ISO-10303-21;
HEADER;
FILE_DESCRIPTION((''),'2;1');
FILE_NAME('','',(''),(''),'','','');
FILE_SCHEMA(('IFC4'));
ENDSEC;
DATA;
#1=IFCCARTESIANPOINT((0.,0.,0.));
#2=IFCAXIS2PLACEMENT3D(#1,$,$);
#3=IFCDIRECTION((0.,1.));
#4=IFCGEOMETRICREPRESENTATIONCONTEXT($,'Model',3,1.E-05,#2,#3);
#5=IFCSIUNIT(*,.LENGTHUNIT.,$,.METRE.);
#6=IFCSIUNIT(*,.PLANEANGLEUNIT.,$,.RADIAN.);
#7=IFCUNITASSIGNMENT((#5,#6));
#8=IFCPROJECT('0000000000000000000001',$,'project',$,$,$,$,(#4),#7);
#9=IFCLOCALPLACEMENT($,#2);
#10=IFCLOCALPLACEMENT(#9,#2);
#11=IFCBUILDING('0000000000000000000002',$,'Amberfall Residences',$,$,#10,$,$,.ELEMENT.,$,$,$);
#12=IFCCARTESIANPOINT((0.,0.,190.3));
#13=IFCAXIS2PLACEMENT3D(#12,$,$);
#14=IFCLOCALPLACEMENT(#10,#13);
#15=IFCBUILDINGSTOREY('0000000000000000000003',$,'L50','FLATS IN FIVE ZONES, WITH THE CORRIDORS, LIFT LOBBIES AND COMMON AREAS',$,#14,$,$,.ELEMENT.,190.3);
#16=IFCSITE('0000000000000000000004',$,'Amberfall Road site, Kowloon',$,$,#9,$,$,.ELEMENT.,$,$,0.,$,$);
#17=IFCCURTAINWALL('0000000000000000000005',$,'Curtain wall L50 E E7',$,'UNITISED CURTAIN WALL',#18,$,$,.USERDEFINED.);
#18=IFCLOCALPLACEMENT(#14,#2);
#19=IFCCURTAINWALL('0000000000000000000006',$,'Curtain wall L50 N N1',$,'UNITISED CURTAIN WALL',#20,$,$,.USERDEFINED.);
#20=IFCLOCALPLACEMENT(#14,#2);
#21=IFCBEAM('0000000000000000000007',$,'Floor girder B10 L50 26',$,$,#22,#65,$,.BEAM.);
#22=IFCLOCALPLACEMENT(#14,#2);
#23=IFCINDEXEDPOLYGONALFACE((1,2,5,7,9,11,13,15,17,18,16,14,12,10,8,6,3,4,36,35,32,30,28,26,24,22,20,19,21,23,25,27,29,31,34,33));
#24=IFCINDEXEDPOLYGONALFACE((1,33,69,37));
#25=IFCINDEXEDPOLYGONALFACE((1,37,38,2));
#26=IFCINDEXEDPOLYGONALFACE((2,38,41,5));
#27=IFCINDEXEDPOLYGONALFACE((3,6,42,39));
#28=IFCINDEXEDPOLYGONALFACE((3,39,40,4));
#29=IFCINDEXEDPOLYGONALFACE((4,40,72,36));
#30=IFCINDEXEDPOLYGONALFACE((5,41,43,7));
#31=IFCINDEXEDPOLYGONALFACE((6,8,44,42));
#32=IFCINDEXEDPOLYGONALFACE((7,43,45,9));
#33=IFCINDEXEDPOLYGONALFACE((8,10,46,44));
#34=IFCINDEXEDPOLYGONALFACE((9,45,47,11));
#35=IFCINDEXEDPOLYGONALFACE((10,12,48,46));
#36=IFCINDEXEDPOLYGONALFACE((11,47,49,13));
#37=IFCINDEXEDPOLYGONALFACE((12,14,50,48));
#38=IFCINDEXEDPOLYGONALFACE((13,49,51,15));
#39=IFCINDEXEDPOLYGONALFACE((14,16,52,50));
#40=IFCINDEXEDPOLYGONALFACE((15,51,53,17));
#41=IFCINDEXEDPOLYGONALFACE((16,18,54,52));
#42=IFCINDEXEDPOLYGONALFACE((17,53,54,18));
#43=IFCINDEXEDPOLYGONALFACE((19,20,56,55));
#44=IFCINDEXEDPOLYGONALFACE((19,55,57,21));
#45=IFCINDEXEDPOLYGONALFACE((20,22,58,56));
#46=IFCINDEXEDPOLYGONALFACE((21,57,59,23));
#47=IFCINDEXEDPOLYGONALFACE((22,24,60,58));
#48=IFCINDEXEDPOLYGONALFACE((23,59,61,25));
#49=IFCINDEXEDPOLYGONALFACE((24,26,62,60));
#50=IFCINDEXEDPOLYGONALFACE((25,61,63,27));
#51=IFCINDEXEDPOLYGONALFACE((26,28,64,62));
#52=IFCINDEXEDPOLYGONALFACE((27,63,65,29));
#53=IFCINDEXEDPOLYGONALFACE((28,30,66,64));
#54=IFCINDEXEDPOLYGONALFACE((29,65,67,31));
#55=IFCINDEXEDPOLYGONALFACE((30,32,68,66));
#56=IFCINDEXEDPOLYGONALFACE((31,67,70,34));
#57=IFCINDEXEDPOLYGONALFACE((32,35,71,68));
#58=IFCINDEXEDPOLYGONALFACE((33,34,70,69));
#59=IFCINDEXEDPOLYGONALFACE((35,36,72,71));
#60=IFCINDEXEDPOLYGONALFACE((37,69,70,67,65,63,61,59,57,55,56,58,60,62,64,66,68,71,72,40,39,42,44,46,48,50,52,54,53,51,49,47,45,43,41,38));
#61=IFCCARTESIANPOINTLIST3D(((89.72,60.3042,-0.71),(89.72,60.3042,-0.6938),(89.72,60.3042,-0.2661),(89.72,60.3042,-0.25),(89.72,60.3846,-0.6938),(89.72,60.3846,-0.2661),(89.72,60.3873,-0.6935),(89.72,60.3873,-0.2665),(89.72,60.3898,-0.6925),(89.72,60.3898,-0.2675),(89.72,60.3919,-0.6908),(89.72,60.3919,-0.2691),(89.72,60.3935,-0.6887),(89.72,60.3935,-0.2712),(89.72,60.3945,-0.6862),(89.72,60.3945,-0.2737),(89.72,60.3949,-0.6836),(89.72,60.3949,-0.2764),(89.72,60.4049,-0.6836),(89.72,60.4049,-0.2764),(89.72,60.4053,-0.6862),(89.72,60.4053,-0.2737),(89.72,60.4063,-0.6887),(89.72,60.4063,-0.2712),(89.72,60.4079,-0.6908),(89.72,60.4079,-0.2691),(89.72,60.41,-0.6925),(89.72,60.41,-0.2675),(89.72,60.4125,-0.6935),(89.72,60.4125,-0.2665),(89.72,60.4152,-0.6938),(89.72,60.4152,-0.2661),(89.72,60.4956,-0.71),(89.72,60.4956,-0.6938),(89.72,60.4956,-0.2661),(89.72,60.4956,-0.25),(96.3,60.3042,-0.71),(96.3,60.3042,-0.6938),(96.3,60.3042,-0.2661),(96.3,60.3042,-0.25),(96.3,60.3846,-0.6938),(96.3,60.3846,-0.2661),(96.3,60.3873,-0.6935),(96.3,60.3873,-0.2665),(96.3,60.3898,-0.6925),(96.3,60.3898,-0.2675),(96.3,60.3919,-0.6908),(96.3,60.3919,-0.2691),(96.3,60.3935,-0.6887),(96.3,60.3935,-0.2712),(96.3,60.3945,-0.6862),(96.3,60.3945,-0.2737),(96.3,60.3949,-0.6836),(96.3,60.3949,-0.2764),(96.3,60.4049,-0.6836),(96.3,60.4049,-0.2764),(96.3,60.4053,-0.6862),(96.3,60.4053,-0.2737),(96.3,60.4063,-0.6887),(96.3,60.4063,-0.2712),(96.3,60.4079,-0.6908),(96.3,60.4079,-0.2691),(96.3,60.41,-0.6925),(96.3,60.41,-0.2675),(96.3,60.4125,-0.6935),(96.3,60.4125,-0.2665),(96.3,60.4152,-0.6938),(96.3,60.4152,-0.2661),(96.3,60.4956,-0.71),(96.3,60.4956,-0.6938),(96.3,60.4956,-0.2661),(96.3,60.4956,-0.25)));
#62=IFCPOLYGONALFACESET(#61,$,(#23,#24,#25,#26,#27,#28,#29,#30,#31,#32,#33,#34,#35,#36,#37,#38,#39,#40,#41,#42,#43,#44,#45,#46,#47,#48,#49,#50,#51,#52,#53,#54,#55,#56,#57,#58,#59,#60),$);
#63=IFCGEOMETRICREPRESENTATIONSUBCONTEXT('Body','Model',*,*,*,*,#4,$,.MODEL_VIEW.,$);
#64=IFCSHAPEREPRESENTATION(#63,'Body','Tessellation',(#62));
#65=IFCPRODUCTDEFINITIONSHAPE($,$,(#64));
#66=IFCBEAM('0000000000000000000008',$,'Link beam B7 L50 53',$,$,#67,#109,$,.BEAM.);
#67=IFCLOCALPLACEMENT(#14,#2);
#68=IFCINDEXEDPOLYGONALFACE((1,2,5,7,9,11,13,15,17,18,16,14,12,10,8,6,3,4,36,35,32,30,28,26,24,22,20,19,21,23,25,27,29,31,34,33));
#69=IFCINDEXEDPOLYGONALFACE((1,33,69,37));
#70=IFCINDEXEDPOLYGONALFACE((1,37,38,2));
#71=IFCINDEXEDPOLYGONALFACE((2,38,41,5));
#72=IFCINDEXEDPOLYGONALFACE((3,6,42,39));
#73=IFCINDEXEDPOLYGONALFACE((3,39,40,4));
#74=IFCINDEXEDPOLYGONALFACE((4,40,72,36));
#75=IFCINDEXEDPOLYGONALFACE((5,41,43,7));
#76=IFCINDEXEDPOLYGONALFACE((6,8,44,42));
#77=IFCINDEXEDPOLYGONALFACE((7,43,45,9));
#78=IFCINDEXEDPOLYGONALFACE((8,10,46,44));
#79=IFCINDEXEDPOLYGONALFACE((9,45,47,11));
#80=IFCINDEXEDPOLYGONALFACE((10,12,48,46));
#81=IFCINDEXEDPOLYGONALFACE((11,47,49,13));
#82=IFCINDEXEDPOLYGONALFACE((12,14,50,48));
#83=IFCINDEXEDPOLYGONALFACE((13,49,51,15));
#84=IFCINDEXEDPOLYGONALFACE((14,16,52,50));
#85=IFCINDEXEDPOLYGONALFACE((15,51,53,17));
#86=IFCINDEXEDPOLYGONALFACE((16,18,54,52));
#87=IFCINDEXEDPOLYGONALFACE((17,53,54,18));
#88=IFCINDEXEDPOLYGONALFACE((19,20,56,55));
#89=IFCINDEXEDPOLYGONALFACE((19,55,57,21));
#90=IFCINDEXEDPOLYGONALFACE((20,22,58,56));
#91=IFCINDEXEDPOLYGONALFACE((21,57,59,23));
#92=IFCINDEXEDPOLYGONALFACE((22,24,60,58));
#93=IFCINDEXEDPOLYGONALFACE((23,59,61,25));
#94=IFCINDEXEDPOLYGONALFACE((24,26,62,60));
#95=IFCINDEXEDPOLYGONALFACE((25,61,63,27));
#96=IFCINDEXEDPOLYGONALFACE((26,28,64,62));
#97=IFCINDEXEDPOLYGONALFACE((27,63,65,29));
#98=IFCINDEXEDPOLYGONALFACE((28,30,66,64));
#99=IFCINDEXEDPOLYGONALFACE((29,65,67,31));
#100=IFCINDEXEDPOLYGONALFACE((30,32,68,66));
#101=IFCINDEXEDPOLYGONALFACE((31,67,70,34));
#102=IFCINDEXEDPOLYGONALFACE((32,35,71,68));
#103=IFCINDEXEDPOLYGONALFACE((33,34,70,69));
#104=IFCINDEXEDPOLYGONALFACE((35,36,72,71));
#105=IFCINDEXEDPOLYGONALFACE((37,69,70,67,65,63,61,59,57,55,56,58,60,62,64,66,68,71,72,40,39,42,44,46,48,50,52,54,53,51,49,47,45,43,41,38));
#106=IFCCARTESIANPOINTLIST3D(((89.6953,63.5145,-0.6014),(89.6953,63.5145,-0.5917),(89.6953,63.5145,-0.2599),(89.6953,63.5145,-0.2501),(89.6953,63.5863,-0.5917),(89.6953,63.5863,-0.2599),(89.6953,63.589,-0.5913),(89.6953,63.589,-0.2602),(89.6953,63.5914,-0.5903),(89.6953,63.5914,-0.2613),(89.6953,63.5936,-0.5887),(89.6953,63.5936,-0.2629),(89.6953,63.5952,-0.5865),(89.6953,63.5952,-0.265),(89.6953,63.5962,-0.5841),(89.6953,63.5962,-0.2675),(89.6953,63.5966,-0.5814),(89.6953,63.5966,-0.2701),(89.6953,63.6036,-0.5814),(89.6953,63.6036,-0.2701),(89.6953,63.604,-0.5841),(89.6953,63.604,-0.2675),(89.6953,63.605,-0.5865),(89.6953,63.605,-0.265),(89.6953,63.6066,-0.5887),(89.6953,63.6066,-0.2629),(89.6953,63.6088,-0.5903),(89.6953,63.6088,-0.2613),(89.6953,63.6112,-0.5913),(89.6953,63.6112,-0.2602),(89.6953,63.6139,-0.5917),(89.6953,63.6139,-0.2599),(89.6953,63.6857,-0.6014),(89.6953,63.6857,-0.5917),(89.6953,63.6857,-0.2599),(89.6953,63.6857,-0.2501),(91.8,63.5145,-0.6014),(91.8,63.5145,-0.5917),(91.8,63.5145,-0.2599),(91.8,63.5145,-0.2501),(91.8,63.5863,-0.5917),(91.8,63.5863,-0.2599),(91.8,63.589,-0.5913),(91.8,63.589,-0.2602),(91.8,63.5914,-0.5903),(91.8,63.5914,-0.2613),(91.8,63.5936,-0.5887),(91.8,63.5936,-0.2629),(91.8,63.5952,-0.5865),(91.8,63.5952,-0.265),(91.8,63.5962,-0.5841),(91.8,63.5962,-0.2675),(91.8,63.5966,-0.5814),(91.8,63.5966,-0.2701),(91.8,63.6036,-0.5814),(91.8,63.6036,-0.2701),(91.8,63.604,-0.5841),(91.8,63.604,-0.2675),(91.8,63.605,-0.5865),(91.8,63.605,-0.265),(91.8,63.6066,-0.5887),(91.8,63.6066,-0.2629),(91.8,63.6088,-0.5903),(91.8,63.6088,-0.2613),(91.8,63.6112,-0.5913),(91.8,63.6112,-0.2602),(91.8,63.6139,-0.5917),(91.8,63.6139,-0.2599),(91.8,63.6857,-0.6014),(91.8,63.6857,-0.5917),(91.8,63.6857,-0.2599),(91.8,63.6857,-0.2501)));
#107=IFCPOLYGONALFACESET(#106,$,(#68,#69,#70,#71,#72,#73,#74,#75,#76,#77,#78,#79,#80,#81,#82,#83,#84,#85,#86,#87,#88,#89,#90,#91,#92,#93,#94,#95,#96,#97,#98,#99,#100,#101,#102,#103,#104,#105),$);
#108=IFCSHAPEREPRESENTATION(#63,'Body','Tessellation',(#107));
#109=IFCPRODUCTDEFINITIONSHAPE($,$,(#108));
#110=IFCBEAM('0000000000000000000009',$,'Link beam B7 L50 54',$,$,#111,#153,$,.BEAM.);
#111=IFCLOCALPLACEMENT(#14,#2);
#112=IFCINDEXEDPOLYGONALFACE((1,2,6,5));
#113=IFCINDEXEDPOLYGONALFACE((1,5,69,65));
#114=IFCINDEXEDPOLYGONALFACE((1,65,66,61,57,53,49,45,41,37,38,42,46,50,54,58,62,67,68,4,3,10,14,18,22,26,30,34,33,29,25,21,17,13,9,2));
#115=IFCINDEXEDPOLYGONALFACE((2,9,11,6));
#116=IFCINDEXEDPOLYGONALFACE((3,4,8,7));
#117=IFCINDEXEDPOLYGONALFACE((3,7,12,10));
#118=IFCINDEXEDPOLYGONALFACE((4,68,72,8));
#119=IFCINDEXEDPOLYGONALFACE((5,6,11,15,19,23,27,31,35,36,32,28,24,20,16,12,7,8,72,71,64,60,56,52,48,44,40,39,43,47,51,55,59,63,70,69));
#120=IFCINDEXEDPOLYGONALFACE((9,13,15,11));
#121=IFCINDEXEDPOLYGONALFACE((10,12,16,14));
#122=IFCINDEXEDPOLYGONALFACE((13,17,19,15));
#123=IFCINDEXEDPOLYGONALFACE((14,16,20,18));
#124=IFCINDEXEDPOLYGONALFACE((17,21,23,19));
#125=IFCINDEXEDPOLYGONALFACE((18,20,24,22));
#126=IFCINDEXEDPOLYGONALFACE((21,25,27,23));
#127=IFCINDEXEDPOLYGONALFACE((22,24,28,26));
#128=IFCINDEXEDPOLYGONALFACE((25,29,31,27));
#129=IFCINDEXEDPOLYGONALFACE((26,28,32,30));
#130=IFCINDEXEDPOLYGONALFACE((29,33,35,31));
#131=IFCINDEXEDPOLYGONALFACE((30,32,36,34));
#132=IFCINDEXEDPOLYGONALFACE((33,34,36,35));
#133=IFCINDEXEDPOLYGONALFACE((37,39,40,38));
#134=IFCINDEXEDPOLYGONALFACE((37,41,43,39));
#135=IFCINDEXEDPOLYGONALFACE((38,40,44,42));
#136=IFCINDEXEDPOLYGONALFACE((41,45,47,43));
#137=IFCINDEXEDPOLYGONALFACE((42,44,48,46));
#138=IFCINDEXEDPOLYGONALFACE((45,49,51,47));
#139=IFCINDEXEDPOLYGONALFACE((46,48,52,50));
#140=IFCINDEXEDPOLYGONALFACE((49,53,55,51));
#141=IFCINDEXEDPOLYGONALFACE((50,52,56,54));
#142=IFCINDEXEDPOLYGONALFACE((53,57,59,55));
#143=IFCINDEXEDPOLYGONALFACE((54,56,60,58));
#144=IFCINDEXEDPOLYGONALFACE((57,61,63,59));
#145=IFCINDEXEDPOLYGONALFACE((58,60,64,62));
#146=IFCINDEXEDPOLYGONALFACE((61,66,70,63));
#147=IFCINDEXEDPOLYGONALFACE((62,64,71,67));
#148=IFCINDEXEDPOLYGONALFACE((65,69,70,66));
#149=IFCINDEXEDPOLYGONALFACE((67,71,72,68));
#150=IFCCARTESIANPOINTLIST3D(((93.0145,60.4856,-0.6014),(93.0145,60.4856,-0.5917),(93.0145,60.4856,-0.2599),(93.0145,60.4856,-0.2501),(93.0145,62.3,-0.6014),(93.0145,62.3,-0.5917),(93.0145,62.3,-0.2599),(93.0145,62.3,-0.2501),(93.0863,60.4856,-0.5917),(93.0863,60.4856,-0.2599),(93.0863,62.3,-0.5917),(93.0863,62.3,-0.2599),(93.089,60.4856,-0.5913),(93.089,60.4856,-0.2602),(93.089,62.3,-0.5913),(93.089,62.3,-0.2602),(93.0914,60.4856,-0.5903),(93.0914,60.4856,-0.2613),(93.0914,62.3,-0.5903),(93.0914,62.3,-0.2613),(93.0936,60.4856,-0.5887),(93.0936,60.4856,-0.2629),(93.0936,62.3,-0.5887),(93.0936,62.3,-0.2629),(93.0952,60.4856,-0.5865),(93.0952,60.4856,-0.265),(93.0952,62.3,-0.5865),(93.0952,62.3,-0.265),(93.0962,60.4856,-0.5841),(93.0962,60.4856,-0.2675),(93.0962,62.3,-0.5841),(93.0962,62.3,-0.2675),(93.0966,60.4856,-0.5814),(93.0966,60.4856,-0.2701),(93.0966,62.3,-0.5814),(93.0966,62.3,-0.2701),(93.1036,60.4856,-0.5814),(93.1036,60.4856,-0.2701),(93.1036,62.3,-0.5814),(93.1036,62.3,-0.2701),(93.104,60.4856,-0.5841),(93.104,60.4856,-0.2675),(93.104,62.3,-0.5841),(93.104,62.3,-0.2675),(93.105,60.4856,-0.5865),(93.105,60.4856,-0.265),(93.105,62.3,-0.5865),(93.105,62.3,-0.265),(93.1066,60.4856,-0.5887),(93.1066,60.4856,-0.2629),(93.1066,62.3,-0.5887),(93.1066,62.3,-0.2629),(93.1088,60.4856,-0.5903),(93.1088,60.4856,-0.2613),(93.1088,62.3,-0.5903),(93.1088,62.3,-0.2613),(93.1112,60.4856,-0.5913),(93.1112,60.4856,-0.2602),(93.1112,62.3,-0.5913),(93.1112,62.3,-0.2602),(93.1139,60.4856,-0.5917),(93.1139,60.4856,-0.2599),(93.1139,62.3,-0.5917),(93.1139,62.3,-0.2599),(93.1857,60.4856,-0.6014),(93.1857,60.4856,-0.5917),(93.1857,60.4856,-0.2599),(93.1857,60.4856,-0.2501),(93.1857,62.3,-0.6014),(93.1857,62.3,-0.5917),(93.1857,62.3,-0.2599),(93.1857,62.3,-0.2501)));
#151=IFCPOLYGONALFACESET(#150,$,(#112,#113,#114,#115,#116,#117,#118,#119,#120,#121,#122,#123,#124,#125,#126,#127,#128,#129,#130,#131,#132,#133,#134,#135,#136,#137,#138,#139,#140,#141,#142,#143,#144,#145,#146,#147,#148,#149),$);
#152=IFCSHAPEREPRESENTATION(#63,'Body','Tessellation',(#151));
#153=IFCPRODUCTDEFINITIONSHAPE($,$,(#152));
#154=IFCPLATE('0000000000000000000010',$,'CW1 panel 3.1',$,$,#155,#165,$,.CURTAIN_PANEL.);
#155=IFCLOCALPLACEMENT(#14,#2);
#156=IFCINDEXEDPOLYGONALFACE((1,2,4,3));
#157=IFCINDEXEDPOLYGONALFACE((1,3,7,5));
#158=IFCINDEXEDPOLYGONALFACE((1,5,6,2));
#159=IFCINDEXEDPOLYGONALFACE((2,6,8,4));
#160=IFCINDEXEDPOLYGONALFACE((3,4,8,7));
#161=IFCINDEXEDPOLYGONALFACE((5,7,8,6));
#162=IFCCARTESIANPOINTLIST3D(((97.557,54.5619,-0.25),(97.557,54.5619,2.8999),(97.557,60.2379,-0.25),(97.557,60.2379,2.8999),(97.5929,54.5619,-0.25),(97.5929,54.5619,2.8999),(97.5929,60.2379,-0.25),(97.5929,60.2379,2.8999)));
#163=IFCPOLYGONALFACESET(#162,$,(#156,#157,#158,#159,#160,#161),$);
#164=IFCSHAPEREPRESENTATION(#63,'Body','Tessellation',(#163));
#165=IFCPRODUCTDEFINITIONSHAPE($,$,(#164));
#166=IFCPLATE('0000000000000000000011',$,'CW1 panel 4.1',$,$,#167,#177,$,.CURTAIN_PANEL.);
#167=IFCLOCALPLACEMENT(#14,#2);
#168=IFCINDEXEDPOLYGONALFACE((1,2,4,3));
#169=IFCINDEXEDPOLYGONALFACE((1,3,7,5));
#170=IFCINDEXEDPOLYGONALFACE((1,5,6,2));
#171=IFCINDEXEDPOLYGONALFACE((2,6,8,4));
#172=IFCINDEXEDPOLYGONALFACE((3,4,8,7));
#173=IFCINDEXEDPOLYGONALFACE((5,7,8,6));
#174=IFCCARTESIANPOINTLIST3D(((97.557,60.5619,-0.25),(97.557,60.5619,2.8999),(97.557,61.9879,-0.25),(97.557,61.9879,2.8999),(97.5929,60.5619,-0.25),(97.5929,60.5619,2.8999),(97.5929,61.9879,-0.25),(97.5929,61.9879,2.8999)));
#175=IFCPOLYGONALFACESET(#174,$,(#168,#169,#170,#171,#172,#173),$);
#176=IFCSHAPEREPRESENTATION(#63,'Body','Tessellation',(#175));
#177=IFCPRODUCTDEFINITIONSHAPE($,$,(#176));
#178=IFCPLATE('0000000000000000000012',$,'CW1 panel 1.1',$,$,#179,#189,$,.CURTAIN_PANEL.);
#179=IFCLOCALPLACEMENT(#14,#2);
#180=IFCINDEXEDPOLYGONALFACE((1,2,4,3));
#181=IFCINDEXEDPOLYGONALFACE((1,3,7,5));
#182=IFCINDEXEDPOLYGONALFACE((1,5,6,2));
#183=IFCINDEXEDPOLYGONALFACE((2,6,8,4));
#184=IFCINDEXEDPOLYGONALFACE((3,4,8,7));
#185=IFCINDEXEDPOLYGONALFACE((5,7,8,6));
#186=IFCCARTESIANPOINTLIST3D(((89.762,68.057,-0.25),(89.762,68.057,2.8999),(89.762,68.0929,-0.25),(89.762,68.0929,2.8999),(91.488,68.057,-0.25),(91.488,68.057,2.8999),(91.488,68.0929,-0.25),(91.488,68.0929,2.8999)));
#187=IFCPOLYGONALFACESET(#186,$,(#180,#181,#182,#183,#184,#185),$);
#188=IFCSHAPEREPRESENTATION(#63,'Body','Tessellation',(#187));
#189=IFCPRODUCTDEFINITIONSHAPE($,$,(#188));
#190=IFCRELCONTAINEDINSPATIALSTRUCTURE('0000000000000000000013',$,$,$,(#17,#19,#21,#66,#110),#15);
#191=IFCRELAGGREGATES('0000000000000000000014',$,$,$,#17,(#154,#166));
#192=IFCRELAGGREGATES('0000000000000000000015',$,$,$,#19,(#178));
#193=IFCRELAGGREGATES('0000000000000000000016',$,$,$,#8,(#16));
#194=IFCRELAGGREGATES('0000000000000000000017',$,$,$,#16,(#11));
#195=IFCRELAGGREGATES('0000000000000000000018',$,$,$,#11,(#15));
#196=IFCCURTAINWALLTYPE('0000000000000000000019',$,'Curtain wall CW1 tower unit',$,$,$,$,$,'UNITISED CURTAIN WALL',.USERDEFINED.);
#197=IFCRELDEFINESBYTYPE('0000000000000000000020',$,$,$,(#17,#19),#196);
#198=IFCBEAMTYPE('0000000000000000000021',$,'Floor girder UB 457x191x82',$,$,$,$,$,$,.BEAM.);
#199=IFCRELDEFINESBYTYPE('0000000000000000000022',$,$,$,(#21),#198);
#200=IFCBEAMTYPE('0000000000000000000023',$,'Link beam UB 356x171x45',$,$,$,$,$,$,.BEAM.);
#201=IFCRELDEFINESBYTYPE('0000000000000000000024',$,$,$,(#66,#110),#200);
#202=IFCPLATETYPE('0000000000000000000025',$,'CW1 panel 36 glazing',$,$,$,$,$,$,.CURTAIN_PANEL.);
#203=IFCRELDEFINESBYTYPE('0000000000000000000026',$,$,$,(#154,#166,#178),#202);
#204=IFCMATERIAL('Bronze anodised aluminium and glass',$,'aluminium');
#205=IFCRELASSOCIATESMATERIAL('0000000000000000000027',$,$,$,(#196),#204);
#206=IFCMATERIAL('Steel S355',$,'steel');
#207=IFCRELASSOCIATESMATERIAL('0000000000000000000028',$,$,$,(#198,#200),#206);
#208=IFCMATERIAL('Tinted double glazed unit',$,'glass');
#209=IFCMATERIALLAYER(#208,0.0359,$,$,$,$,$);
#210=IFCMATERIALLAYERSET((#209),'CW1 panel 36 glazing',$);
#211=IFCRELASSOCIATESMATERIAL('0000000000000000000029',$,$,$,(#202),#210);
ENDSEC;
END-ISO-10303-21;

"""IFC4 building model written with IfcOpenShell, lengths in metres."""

from ifc_helpers import new_model, si_unit, direction, frame, origin, origin_2d, place, context, subcontext, project, spatial, rectangle, i_section, extrude, material, layer, layer_set, material_profile, profile_set, type_object, element, aggregate, save


model = new_model("IFC4")

# Units and contexts
model_context = context("Model", 3, precision=1e-05, world=origin(), true_north=direction((0.0, 1.0)))
body_context = subcontext(model_context, "Body", "Model", "MODEL_VIEW")
ifc_project = project(units=[si_unit("LENGTHUNIT", "METRE"), si_unit("PLANEANGLEUNIT", "RADIAN")], contexts=[model_context])

# Site, building, storey
site_placement = place(None, origin())
site = spatial("IfcSite", under=ifc_project, at=site_placement, Name="Amberfall Road site, Kowloon", CompositionType="ELEMENT", RefElevation=0.0)
building_placement = place(site_placement, origin())
building = spatial("IfcBuilding", under=site, at=building_placement, Name="Amberfall Residences", CompositionType="ELEMENT")
storey_placement = place(building_placement, frame((0.0, 0.0, 190.3)))
storey = spatial("IfcBuildingStorey", under=building, at=storey_placement, Name="L50", Description="FLATS IN FIVE ZONES, WITH THE CORRIDORS, LIFT LOBBIES AND COMMON AREAS", CompositionType="ELEMENT", Elevation=190.3)

# Curtain walls
ifc_material_1 = material(Name="Bronze anodised aluminium and glass", Category="aluminium")
curtain_wall_type = type_object("IfcCurtainWallType", Name="Curtain wall CW1 tower unit", ElementType="UNITISED CURTAIN WALL", PredefinedType="USERDEFINED", material=ifc_material_1)
curtain_wall_1_placement = place(storey_placement, origin())
curtain_wall_1 = element("IfcCurtainWall", 1, at=curtain_wall_1_placement, inside=storey, type_object=curtain_wall_type, Name="Curtain wall L50 E E7", ObjectType="UNITISED CURTAIN WALL", PredefinedType="USERDEFINED")
curtain_wall_2_placement = place(storey_placement, origin())
curtain_wall_2 = element("IfcCurtainWall", 2, at=curtain_wall_2_placement, inside=storey, type_object=curtain_wall_type, Name="Curtain wall L50 N N1", ObjectType="UNITISED CURTAIN WALL", PredefinedType="USERDEFINED")

# Shared definitions
ifc_material_2 = material(Name="Steel S355", Category="steel")

# Beams
ifc_material_profile_1 = material_profile(ifc_material_2, i_section(OverallWidth=0.1914, OverallDepth=0.46, WebThickness=0.01, FlangeThickness=0.0161, FilletRadius=0.0103, at=origin_2d()), Name="UB 457x191x82")
ifc_profile_set_1 = profile_set([ifc_material_profile_1], Name="Steel S355")
beam_type_1 = type_object("IfcBeamType", Name="Floor girder UB 457x191x82", PredefinedType="BEAM", material=ifc_profile_set_1)
beam_1_placement = place(storey_placement, frame((96.3, 60.3999, -0.48), z_axis=(-1.0, 0.0, 0.0), x_axis=(0.0, -1.0, 0.0)))
element("IfcBeam", 3, at=beam_1_placement, inside=storey, type_object=beam_type_1, Name="Floor girder B10 L50 26", PredefinedType="BEAM", context=body_context, shape_type="SweptSolid", body=[
    extrude(i_section(OverallWidth=0.1914, OverallDepth=0.46, WebThickness=0.01, FlangeThickness=0.0161, FilletRadius=0.0103, at=origin_2d()), origin(), (0.0, 0.0, 1.0), 6.5801),
])
ifc_material_profile_2 = material_profile(ifc_material_2, i_section(OverallWidth=0.1711, OverallDepth=0.3513, WebThickness=0.0071, FlangeThickness=0.0098, FilletRadius=0.0103, at=origin_2d()), Name="UB 356x171x45")
ifc_profile_set_2 = profile_set([ifc_material_profile_2], Name="Steel S355")
beam_type_2 = type_object("IfcBeamType", Name="Link beam UB 356x171x45", PredefinedType="BEAM", material=ifc_profile_set_2)
beam_2_placement = place(storey_placement, frame((91.8, 63.6001, -0.4258), z_axis=(-1.0, 0.0, 0.0), x_axis=(0.0, -1.0, 0.0)))
element("IfcBeam", 4, at=beam_2_placement, inside=storey, type_object=beam_type_2, Name="Link beam B7 L50 53", PredefinedType="BEAM", context=body_context, shape_type="SweptSolid", body=[
    extrude(i_section(OverallWidth=0.1711, OverallDepth=0.3513, WebThickness=0.0071, FlangeThickness=0.0098, FilletRadius=0.0103, at=origin_2d()), origin(), (0.0, 0.0, 1.0), 2.1047),
])
beam_3_placement = place(storey_placement, frame((93.1001, 62.3, -0.4258), z_axis=(0.0, -1.0, 0.0), x_axis=(1.0, 0.0, 0.0)))
element("IfcBeam", 5, at=beam_3_placement, inside=storey, type_object=beam_type_2, Name="Link beam B7 L50 54", PredefinedType="BEAM", context=body_context, shape_type="SweptSolid", body=[
    extrude(i_section(OverallWidth=0.1711, OverallDepth=0.3513, WebThickness=0.0071, FlangeThickness=0.0098, FilletRadius=0.0103, at=origin_2d()), origin(), (0.0, 0.0, 1.0), 1.8145),
])

# Plates
ifc_material_3 = material(Name="Tinted double glazed unit", Category="glass")
ifc_layer_1 = layer(ifc_material_3, 0.0359)
ifc_layer_set_1 = layer_set([ifc_layer_1], Name="CW1 panel 36 glazing")
plate_type = type_object("IfcPlateType", Name="CW1 panel 36 glazing", PredefinedType="CURTAIN_PANEL", material=ifc_layer_set_1)
plate_1_placement = place(storey_placement, frame((97.575, 57.3999, -0.25), z_axis=(0.0, 0.0, 1.0), x_axis=(0.0, 1.0, 0.0)))
plate_1 = element("IfcPlate", 6, at=plate_1_placement, type_object=plate_type, Name="CW1 panel 3.1", PredefinedType="CURTAIN_PANEL", context=body_context, shape_type="SweptSolid", body=[
    extrude(rectangle(XDim=5.676, YDim=0.0359, at=origin_2d()), origin(), (0.0, 0.0, 1.0), 3.1499),
])
plate_2_placement = place(storey_placement, frame((97.575, 61.2749, -0.25), z_axis=(0.0, 0.0, 1.0), x_axis=(0.0, 1.0, 0.0)))
plate_2 = element("IfcPlate", 7, at=plate_2_placement, type_object=plate_type, Name="CW1 panel 4.1", PredefinedType="CURTAIN_PANEL", context=body_context, shape_type="SweptSolid", body=[
    extrude(rectangle(XDim=1.426, YDim=0.0359, at=origin_2d()), origin(), (0.0, 0.0, 1.0), 3.1499),
])
aggregate(curtain_wall_1, [plate_1, plate_2])
plate_3_placement = place(storey_placement, frame((90.625, 68.075, -0.25), z_axis=(0.0, 0.0, 1.0), x_axis=(-1.0, 0.0, 0.0)))
plate_3 = element("IfcPlate", 8, at=plate_3_placement, type_object=plate_type, Name="CW1 panel 1.1", PredefinedType="CURTAIN_PANEL", context=body_context, shape_type="SweptSolid", body=[
    extrude(rectangle(XDim=1.7261, YDim=0.0359, at=origin_2d()), origin(), (0.0, 0.0, 1.0), 3.1499),
])
aggregate(curtain_wall_2, [plate_3])

save(model, "model.ifc")
